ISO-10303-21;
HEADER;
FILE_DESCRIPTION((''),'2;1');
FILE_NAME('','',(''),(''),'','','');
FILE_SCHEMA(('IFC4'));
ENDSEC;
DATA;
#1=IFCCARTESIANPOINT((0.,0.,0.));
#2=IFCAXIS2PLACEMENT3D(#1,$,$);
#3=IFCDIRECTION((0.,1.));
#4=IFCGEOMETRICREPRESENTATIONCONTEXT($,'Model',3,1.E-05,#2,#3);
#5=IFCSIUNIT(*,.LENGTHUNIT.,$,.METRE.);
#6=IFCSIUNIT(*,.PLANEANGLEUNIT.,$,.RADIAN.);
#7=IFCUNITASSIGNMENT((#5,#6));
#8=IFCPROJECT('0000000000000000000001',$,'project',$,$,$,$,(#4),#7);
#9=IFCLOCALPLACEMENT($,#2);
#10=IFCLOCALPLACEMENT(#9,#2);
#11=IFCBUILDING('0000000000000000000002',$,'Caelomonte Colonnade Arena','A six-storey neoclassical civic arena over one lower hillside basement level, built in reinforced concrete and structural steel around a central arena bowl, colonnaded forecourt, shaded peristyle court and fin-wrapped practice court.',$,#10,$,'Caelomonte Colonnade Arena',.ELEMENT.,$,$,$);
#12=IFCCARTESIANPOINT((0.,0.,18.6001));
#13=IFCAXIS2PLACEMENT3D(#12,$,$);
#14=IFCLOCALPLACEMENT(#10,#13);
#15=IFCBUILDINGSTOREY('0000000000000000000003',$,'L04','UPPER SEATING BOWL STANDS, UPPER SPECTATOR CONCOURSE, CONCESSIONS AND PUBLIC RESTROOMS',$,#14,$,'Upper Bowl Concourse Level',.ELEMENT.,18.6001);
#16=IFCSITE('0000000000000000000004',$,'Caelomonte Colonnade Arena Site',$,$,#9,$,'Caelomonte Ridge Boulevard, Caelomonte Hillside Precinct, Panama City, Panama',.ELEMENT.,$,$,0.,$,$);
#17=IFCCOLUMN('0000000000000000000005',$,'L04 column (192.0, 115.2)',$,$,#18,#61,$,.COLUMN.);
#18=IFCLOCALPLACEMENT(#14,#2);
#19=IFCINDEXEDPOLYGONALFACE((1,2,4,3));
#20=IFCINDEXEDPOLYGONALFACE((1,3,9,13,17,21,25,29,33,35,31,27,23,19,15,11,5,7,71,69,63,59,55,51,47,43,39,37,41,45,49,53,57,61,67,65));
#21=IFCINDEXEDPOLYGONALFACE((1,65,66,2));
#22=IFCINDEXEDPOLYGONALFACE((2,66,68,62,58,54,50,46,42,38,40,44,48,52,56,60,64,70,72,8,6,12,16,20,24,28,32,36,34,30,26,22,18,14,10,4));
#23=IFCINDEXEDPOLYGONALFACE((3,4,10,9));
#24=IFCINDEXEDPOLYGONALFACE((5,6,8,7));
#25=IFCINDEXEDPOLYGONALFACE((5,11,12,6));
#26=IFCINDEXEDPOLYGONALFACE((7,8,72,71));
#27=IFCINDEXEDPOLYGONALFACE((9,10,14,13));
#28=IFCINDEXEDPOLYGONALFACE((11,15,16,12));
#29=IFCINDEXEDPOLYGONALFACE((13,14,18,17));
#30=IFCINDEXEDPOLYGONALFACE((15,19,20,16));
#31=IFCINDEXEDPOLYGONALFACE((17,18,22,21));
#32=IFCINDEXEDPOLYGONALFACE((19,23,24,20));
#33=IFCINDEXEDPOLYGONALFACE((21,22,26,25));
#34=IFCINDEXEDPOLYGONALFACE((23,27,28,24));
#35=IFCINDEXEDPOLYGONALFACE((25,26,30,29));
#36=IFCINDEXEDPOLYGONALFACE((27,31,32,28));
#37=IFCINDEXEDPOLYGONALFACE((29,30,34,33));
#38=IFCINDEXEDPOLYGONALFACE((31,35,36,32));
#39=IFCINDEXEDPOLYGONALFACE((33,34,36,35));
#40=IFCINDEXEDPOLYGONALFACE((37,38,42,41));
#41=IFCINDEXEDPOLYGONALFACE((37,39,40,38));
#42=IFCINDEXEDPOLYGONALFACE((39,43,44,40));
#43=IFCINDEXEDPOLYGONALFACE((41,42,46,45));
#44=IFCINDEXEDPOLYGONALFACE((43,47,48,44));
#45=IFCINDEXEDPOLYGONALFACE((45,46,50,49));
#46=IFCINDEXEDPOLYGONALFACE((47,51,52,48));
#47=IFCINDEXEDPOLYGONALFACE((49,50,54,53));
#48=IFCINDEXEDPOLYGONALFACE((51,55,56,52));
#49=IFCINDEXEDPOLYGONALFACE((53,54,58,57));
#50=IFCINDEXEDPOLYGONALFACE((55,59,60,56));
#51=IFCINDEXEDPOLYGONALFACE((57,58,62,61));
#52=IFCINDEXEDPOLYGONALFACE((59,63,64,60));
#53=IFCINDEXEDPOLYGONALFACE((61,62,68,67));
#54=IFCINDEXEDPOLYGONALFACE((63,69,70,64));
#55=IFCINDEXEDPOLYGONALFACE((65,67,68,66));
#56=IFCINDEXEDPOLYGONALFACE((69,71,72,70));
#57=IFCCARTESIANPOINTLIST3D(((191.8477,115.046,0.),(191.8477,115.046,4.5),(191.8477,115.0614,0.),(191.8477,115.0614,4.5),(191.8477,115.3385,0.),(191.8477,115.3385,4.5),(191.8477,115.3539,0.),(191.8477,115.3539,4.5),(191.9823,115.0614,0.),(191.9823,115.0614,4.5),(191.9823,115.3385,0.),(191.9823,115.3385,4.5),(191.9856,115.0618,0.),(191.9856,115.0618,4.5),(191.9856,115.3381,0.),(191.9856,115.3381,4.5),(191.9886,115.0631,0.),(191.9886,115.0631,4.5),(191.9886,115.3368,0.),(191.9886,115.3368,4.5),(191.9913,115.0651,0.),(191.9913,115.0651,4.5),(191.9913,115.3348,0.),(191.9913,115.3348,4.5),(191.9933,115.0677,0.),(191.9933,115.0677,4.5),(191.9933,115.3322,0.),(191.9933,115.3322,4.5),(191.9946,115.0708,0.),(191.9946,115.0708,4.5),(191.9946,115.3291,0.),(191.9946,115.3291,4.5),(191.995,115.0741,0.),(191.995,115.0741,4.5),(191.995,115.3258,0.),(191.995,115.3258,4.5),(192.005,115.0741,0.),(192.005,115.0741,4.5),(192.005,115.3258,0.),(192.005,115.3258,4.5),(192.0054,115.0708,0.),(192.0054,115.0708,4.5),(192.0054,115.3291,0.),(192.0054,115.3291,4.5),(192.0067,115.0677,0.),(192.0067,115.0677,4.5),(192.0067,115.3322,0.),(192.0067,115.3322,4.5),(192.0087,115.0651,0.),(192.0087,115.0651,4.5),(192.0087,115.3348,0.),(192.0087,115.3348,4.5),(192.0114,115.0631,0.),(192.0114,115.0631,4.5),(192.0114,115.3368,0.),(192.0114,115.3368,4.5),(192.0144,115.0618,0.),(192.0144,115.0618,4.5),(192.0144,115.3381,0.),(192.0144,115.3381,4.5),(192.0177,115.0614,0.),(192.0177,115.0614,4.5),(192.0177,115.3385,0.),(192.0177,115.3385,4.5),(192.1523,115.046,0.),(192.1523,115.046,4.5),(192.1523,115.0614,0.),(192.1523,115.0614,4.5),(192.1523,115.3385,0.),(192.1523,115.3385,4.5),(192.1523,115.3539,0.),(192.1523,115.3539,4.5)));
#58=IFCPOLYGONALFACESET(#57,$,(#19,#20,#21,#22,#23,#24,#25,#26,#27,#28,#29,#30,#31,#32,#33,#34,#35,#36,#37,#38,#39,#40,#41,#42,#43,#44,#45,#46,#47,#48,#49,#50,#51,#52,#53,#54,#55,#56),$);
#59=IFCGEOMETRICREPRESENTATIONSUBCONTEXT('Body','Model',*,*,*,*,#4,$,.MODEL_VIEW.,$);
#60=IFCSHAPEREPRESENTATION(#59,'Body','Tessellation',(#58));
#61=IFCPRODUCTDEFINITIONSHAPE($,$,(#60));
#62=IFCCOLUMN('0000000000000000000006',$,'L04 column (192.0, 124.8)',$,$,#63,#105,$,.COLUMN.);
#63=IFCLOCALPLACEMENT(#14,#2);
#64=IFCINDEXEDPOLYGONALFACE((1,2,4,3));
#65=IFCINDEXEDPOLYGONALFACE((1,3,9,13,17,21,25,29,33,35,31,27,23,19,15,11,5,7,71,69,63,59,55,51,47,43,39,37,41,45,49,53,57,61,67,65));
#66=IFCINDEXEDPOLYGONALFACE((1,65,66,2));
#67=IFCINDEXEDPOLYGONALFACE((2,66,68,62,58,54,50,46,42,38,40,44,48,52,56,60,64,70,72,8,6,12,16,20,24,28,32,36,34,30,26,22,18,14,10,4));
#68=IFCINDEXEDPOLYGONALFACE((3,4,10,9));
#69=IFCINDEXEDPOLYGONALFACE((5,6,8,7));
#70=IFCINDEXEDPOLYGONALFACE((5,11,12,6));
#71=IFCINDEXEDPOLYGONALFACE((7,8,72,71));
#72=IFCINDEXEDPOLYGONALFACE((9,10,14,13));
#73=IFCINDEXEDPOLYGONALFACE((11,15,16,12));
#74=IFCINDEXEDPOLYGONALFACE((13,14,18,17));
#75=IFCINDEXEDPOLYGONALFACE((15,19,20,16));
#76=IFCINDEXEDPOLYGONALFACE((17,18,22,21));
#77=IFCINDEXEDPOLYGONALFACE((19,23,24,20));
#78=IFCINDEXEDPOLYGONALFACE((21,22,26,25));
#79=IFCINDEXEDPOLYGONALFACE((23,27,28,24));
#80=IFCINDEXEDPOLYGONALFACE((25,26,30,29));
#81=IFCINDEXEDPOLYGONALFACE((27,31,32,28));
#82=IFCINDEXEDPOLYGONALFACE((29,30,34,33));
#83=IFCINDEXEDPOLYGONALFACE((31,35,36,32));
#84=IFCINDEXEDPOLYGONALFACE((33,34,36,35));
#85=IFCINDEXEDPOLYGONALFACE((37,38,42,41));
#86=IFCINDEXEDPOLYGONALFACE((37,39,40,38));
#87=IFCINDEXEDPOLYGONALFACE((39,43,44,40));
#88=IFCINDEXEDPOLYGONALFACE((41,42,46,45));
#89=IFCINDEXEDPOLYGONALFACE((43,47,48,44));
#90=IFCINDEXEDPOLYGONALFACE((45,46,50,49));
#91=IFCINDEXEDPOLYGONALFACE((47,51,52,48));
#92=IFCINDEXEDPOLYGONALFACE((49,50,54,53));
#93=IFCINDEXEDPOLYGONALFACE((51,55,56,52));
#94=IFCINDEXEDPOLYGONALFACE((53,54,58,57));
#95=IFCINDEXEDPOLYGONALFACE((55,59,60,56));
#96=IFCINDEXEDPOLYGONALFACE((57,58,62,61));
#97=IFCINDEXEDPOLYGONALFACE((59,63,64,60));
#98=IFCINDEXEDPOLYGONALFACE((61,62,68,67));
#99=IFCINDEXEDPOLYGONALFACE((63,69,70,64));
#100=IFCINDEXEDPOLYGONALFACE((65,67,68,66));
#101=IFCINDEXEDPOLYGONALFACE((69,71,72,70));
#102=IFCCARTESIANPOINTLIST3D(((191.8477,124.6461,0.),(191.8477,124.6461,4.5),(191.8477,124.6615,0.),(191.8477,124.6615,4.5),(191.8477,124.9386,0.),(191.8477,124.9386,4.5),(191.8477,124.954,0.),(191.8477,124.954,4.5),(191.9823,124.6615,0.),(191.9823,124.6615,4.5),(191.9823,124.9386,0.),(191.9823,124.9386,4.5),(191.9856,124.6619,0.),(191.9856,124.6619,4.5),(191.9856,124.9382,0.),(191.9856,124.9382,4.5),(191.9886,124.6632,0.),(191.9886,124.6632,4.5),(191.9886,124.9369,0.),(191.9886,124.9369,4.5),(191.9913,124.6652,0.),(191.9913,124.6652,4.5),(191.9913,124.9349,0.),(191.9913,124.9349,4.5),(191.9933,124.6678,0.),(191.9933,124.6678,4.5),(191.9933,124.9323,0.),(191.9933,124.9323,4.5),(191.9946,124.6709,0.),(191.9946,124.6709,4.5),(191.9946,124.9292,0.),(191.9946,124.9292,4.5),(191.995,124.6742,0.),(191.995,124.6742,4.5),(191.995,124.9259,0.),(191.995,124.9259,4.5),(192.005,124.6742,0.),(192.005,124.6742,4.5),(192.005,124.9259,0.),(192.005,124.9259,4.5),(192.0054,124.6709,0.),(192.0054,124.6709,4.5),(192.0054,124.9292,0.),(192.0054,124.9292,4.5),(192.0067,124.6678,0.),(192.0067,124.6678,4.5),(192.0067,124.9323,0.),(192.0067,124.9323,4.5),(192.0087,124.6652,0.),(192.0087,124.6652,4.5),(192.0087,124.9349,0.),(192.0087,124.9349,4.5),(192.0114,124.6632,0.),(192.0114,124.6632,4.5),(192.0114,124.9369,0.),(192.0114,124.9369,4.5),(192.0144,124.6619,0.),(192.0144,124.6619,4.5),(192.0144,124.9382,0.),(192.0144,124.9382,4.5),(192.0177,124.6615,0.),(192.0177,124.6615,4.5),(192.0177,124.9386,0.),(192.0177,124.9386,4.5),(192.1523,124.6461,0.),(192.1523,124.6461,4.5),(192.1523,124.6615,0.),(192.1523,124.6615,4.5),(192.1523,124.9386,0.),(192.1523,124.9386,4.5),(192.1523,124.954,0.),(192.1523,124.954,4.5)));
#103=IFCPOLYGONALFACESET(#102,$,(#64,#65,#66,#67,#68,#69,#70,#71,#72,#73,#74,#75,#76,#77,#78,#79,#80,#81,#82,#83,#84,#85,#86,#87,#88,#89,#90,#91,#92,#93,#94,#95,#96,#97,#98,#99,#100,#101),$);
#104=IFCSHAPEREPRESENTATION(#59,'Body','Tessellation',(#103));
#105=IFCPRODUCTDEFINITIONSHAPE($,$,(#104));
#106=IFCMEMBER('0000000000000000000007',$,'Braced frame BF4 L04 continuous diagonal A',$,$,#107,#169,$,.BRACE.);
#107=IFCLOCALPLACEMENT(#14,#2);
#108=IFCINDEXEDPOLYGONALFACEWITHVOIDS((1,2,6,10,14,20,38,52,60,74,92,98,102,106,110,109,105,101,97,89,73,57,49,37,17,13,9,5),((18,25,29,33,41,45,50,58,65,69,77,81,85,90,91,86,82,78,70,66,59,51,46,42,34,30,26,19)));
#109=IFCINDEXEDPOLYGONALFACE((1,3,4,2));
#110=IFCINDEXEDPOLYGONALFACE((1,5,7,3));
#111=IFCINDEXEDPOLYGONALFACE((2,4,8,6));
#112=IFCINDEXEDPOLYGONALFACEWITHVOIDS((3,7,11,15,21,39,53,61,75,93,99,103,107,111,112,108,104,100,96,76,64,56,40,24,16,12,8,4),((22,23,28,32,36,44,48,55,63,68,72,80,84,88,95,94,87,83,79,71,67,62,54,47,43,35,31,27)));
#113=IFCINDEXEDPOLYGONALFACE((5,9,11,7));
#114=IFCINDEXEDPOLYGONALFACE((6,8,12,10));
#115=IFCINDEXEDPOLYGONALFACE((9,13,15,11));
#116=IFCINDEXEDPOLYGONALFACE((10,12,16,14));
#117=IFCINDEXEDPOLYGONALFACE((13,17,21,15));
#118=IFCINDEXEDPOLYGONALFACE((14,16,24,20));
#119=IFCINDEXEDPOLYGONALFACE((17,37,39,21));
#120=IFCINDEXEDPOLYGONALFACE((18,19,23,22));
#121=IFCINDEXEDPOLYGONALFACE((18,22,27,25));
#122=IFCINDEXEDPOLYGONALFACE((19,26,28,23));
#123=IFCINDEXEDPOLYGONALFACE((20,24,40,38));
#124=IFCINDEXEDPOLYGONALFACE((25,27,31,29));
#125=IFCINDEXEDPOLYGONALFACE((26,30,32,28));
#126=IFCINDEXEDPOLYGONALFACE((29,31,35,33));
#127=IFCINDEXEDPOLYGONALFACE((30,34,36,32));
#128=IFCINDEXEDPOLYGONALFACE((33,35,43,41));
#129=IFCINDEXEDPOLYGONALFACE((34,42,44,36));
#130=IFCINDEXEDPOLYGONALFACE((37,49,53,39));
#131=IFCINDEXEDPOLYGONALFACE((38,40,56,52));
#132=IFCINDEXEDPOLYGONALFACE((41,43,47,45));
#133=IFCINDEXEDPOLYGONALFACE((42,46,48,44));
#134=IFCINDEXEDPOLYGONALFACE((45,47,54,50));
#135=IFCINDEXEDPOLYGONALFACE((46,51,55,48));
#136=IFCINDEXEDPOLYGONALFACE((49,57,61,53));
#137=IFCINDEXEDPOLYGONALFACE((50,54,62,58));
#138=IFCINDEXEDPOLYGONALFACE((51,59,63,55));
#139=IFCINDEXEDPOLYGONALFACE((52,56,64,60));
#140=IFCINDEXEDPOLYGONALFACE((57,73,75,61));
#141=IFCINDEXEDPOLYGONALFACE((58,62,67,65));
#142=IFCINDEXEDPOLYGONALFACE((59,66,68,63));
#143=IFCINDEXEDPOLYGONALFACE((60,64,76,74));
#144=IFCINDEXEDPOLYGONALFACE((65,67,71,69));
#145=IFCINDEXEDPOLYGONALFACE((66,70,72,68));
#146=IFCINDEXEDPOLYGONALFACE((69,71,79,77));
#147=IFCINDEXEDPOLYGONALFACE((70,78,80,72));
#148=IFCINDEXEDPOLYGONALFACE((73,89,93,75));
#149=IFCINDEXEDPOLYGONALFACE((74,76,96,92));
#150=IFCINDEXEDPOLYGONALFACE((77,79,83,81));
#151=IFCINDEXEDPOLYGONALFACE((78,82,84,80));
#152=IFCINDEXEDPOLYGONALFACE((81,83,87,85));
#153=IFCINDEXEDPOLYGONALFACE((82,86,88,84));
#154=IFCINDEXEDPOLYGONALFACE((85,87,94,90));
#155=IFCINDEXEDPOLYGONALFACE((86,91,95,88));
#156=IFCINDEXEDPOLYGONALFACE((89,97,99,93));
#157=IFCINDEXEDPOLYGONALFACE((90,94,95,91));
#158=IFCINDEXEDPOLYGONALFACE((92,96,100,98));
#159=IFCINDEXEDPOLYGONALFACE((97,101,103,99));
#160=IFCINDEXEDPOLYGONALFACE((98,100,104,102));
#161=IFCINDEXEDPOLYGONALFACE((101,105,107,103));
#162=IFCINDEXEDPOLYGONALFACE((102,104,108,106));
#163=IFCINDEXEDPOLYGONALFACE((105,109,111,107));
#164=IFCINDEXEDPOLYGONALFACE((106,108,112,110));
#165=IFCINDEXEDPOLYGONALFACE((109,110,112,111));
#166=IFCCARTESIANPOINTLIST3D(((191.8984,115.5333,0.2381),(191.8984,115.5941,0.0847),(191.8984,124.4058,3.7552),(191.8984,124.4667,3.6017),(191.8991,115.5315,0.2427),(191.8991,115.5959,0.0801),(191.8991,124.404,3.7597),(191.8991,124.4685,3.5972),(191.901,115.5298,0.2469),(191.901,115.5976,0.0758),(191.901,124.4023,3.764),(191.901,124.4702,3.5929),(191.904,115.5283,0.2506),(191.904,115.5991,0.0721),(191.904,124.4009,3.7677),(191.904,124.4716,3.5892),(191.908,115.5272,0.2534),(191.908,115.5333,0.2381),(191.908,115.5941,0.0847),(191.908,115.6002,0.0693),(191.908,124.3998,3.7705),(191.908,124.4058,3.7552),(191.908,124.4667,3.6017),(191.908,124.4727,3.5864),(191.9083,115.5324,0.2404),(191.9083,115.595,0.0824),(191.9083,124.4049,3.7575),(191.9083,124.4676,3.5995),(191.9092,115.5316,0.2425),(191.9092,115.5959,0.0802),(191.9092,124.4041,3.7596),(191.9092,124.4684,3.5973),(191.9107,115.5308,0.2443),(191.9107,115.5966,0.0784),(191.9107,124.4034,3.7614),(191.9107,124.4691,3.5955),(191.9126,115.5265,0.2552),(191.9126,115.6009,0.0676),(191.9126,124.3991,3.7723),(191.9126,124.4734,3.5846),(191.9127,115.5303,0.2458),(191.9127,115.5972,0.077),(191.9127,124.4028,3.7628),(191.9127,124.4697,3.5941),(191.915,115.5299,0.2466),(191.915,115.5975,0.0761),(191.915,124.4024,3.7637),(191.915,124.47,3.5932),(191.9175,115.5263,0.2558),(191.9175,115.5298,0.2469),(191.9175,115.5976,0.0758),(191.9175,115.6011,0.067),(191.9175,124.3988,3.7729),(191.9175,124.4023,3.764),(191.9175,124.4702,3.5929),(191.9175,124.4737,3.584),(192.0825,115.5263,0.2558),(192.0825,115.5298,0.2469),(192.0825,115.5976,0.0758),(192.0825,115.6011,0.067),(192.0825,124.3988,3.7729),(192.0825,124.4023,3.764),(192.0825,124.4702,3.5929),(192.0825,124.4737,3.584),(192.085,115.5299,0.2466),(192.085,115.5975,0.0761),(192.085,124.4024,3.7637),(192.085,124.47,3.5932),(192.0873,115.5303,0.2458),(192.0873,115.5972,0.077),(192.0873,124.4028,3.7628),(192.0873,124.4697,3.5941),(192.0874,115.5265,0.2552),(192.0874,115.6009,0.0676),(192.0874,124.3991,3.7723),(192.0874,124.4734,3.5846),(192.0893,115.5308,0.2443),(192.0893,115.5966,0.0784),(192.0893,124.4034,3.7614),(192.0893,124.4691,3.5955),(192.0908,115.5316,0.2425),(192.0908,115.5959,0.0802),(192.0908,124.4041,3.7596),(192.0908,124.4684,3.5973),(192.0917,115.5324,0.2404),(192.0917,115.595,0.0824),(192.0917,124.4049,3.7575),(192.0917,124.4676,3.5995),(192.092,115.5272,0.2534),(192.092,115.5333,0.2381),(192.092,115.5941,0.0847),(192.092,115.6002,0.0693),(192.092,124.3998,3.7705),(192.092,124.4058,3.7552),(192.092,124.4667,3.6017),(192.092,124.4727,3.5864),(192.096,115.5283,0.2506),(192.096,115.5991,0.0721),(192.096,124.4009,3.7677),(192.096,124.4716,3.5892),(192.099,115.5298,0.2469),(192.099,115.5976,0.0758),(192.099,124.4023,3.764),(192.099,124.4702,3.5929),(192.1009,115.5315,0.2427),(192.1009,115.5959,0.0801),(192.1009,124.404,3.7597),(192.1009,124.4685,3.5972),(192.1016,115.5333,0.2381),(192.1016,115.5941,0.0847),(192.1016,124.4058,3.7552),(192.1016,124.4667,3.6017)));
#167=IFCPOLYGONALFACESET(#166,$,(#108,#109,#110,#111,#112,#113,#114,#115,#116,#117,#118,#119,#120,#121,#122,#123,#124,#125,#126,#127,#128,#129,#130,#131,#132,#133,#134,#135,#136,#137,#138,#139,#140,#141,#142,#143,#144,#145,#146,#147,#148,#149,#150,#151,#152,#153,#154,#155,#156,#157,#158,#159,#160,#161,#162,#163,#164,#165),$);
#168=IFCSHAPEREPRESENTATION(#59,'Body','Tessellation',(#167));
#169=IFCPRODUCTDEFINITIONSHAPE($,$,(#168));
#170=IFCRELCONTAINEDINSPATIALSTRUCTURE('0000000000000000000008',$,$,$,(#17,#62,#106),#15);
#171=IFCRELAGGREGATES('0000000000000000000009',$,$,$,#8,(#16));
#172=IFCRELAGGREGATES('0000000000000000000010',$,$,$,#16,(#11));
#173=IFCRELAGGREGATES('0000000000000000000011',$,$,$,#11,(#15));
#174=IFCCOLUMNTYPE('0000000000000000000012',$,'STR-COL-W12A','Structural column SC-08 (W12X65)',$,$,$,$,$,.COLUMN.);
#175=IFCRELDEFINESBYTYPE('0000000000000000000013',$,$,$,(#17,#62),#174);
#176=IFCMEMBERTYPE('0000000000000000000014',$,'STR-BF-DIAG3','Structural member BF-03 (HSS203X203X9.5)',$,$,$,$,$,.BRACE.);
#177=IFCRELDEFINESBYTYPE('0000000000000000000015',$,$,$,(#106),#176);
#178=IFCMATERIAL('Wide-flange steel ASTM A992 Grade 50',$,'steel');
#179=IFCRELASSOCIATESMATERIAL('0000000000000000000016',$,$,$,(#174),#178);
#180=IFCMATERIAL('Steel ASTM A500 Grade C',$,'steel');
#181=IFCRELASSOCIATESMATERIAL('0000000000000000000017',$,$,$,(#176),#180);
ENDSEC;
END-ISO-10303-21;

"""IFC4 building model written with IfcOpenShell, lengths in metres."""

from ifc_helpers import new_model, si_unit, direction, frame, origin, origin_2d, place, context, subcontext, project, spatial, hollow_rectangle, i_section, extrude, material, material_profile, profile_set, type_object, element, save


model = new_model("IFC4")

# Units and contexts
model_context = context("Model", 3, precision=1e-05, world=origin(), true_north=direction((0.0, 1.0)))
body_context = subcontext(model_context, "Body", "Model", "MODEL_VIEW")
ifc_project = project(units=[si_unit("LENGTHUNIT", "METRE"), si_unit("PLANEANGLEUNIT", "RADIAN")], contexts=[model_context])

# Site, building, storey
site_placement = place(None, origin())
site = spatial("IfcSite", under=ifc_project, at=site_placement, Name="Caelomonte Colonnade Arena Site", LongName="Caelomonte Ridge Boulevard, Caelomonte Hillside Precinct, Panama City, Panama", CompositionType="ELEMENT", RefElevation=0.0)
building_placement = place(site_placement, origin())
building = spatial("IfcBuilding", under=site, at=building_placement, Name="Caelomonte Colonnade Arena", Description="A six-storey neoclassical civic arena over one lower hillside basement level, built in reinforced concrete and structural steel around a central arena bowl, colonnaded forecourt, shaded peristyle court and fin-wrapped practice court.", LongName="Caelomonte Colonnade Arena", CompositionType="ELEMENT")
storey_placement = place(building_placement, frame((0.0, 0.0, 18.6001)))
storey = spatial("IfcBuildingStorey", under=building, at=storey_placement, Name="L04", Description="UPPER SEATING BOWL STANDS, UPPER SPECTATOR CONCOURSE, CONCESSIONS AND PUBLIC RESTROOMS", LongName="Upper Bowl Concourse Level", CompositionType="ELEMENT", Elevation=18.6001)

# Columns
ifc_material_1 = material(Name="Wide-flange steel ASTM A992 Grade 50", Category="steel")
ifc_material_profile_1 = material_profile(ifc_material_1, i_section(OverallWidth=0.3047, OverallDepth=0.3079, WebThickness=0.01, FlangeThickness=0.0154, FilletRadius=0.0127, at=origin_2d()), Name="W12X65")
ifc_profile_set_1 = profile_set([ifc_material_profile_1], Name="Wide-flange steel ASTM A992 Grade 50")
column_type = type_object("IfcColumnType", Name="STR-COL-W12A", Description="Structural column SC-08 (W12X65)", PredefinedType="COLUMN", material=ifc_profile_set_1)
for number, where, z_axis, x_axis, name in (
    (1, (192.0, 115.2, 0.0), (0.0, 0.0, 1.0), (1.0, 0.0, 0.0), "L04 column (192.0, 115.2)"),
    (2, (192.0, 124.8, 0.0), (0.0, 0.0, 1.0), (1.0, 0.0, 0.0), "L04 column (192.0, 124.8)"),
):
    element("IfcColumn", number, at=place(storey_placement, frame(where, z_axis=z_axis, x_axis=x_axis)), inside=storey, type_object=column_type, Name=name, PredefinedType="COLUMN", context=body_context, shape_type="SweptSolid", body=[
        extrude(i_section(OverallWidth=0.3047, OverallDepth=0.3079, WebThickness=0.01, FlangeThickness=0.0154, FilletRadius=0.0127, at=origin_2d()), origin(), (0.0, 0.0, 1.0), 4.5),
    ])

# Member
ifc_material_2 = material(Name="Steel ASTM A500 Grade C", Category="steel")
ifc_material_profile_2 = material_profile(ifc_material_2, hollow_rectangle(XDim=0.2031, YDim=0.2031, WallThickness=0.0095, InnerFilletRadius=0.0095, OuterFilletRadius=0.019, at=origin_2d()), Name="HSS203X203X9.5")
ifc_profile_set_2 = profile_set([ifc_material_profile_2], Name="Steel ASTM A500 Grade C")
member_type = type_object("IfcMemberType", Name="STR-BF-DIAG3", Description="Structural member BF-03 (HSS203X203X9.5)", PredefinedType="BRACE", material=ifc_profile_set_2)
member_placement = place(storey_placement, frame((192.0, 115.5637, 0.1614), z_axis=(0.0, 0.929626, 0.368505), x_axis=(-1.0, 0.0, 0.0)))
element("IfcMember", 3, at=member_placement, inside=storey, type_object=member_type, Name="Braced frame BF4 L04 continuous diagonal A", PredefinedType="BRACE", context=body_context, shape_type="SweptSolid", body=[
    extrude(hollow_rectangle(XDim=0.2031, YDim=0.2031, WallThickness=0.0095, InnerFilletRadius=0.0095, OuterFilletRadius=0.019, at=origin_2d()), origin(), (0.0, 0.0, 1.0), 9.5442),
])

save(model, "model.ifc")
